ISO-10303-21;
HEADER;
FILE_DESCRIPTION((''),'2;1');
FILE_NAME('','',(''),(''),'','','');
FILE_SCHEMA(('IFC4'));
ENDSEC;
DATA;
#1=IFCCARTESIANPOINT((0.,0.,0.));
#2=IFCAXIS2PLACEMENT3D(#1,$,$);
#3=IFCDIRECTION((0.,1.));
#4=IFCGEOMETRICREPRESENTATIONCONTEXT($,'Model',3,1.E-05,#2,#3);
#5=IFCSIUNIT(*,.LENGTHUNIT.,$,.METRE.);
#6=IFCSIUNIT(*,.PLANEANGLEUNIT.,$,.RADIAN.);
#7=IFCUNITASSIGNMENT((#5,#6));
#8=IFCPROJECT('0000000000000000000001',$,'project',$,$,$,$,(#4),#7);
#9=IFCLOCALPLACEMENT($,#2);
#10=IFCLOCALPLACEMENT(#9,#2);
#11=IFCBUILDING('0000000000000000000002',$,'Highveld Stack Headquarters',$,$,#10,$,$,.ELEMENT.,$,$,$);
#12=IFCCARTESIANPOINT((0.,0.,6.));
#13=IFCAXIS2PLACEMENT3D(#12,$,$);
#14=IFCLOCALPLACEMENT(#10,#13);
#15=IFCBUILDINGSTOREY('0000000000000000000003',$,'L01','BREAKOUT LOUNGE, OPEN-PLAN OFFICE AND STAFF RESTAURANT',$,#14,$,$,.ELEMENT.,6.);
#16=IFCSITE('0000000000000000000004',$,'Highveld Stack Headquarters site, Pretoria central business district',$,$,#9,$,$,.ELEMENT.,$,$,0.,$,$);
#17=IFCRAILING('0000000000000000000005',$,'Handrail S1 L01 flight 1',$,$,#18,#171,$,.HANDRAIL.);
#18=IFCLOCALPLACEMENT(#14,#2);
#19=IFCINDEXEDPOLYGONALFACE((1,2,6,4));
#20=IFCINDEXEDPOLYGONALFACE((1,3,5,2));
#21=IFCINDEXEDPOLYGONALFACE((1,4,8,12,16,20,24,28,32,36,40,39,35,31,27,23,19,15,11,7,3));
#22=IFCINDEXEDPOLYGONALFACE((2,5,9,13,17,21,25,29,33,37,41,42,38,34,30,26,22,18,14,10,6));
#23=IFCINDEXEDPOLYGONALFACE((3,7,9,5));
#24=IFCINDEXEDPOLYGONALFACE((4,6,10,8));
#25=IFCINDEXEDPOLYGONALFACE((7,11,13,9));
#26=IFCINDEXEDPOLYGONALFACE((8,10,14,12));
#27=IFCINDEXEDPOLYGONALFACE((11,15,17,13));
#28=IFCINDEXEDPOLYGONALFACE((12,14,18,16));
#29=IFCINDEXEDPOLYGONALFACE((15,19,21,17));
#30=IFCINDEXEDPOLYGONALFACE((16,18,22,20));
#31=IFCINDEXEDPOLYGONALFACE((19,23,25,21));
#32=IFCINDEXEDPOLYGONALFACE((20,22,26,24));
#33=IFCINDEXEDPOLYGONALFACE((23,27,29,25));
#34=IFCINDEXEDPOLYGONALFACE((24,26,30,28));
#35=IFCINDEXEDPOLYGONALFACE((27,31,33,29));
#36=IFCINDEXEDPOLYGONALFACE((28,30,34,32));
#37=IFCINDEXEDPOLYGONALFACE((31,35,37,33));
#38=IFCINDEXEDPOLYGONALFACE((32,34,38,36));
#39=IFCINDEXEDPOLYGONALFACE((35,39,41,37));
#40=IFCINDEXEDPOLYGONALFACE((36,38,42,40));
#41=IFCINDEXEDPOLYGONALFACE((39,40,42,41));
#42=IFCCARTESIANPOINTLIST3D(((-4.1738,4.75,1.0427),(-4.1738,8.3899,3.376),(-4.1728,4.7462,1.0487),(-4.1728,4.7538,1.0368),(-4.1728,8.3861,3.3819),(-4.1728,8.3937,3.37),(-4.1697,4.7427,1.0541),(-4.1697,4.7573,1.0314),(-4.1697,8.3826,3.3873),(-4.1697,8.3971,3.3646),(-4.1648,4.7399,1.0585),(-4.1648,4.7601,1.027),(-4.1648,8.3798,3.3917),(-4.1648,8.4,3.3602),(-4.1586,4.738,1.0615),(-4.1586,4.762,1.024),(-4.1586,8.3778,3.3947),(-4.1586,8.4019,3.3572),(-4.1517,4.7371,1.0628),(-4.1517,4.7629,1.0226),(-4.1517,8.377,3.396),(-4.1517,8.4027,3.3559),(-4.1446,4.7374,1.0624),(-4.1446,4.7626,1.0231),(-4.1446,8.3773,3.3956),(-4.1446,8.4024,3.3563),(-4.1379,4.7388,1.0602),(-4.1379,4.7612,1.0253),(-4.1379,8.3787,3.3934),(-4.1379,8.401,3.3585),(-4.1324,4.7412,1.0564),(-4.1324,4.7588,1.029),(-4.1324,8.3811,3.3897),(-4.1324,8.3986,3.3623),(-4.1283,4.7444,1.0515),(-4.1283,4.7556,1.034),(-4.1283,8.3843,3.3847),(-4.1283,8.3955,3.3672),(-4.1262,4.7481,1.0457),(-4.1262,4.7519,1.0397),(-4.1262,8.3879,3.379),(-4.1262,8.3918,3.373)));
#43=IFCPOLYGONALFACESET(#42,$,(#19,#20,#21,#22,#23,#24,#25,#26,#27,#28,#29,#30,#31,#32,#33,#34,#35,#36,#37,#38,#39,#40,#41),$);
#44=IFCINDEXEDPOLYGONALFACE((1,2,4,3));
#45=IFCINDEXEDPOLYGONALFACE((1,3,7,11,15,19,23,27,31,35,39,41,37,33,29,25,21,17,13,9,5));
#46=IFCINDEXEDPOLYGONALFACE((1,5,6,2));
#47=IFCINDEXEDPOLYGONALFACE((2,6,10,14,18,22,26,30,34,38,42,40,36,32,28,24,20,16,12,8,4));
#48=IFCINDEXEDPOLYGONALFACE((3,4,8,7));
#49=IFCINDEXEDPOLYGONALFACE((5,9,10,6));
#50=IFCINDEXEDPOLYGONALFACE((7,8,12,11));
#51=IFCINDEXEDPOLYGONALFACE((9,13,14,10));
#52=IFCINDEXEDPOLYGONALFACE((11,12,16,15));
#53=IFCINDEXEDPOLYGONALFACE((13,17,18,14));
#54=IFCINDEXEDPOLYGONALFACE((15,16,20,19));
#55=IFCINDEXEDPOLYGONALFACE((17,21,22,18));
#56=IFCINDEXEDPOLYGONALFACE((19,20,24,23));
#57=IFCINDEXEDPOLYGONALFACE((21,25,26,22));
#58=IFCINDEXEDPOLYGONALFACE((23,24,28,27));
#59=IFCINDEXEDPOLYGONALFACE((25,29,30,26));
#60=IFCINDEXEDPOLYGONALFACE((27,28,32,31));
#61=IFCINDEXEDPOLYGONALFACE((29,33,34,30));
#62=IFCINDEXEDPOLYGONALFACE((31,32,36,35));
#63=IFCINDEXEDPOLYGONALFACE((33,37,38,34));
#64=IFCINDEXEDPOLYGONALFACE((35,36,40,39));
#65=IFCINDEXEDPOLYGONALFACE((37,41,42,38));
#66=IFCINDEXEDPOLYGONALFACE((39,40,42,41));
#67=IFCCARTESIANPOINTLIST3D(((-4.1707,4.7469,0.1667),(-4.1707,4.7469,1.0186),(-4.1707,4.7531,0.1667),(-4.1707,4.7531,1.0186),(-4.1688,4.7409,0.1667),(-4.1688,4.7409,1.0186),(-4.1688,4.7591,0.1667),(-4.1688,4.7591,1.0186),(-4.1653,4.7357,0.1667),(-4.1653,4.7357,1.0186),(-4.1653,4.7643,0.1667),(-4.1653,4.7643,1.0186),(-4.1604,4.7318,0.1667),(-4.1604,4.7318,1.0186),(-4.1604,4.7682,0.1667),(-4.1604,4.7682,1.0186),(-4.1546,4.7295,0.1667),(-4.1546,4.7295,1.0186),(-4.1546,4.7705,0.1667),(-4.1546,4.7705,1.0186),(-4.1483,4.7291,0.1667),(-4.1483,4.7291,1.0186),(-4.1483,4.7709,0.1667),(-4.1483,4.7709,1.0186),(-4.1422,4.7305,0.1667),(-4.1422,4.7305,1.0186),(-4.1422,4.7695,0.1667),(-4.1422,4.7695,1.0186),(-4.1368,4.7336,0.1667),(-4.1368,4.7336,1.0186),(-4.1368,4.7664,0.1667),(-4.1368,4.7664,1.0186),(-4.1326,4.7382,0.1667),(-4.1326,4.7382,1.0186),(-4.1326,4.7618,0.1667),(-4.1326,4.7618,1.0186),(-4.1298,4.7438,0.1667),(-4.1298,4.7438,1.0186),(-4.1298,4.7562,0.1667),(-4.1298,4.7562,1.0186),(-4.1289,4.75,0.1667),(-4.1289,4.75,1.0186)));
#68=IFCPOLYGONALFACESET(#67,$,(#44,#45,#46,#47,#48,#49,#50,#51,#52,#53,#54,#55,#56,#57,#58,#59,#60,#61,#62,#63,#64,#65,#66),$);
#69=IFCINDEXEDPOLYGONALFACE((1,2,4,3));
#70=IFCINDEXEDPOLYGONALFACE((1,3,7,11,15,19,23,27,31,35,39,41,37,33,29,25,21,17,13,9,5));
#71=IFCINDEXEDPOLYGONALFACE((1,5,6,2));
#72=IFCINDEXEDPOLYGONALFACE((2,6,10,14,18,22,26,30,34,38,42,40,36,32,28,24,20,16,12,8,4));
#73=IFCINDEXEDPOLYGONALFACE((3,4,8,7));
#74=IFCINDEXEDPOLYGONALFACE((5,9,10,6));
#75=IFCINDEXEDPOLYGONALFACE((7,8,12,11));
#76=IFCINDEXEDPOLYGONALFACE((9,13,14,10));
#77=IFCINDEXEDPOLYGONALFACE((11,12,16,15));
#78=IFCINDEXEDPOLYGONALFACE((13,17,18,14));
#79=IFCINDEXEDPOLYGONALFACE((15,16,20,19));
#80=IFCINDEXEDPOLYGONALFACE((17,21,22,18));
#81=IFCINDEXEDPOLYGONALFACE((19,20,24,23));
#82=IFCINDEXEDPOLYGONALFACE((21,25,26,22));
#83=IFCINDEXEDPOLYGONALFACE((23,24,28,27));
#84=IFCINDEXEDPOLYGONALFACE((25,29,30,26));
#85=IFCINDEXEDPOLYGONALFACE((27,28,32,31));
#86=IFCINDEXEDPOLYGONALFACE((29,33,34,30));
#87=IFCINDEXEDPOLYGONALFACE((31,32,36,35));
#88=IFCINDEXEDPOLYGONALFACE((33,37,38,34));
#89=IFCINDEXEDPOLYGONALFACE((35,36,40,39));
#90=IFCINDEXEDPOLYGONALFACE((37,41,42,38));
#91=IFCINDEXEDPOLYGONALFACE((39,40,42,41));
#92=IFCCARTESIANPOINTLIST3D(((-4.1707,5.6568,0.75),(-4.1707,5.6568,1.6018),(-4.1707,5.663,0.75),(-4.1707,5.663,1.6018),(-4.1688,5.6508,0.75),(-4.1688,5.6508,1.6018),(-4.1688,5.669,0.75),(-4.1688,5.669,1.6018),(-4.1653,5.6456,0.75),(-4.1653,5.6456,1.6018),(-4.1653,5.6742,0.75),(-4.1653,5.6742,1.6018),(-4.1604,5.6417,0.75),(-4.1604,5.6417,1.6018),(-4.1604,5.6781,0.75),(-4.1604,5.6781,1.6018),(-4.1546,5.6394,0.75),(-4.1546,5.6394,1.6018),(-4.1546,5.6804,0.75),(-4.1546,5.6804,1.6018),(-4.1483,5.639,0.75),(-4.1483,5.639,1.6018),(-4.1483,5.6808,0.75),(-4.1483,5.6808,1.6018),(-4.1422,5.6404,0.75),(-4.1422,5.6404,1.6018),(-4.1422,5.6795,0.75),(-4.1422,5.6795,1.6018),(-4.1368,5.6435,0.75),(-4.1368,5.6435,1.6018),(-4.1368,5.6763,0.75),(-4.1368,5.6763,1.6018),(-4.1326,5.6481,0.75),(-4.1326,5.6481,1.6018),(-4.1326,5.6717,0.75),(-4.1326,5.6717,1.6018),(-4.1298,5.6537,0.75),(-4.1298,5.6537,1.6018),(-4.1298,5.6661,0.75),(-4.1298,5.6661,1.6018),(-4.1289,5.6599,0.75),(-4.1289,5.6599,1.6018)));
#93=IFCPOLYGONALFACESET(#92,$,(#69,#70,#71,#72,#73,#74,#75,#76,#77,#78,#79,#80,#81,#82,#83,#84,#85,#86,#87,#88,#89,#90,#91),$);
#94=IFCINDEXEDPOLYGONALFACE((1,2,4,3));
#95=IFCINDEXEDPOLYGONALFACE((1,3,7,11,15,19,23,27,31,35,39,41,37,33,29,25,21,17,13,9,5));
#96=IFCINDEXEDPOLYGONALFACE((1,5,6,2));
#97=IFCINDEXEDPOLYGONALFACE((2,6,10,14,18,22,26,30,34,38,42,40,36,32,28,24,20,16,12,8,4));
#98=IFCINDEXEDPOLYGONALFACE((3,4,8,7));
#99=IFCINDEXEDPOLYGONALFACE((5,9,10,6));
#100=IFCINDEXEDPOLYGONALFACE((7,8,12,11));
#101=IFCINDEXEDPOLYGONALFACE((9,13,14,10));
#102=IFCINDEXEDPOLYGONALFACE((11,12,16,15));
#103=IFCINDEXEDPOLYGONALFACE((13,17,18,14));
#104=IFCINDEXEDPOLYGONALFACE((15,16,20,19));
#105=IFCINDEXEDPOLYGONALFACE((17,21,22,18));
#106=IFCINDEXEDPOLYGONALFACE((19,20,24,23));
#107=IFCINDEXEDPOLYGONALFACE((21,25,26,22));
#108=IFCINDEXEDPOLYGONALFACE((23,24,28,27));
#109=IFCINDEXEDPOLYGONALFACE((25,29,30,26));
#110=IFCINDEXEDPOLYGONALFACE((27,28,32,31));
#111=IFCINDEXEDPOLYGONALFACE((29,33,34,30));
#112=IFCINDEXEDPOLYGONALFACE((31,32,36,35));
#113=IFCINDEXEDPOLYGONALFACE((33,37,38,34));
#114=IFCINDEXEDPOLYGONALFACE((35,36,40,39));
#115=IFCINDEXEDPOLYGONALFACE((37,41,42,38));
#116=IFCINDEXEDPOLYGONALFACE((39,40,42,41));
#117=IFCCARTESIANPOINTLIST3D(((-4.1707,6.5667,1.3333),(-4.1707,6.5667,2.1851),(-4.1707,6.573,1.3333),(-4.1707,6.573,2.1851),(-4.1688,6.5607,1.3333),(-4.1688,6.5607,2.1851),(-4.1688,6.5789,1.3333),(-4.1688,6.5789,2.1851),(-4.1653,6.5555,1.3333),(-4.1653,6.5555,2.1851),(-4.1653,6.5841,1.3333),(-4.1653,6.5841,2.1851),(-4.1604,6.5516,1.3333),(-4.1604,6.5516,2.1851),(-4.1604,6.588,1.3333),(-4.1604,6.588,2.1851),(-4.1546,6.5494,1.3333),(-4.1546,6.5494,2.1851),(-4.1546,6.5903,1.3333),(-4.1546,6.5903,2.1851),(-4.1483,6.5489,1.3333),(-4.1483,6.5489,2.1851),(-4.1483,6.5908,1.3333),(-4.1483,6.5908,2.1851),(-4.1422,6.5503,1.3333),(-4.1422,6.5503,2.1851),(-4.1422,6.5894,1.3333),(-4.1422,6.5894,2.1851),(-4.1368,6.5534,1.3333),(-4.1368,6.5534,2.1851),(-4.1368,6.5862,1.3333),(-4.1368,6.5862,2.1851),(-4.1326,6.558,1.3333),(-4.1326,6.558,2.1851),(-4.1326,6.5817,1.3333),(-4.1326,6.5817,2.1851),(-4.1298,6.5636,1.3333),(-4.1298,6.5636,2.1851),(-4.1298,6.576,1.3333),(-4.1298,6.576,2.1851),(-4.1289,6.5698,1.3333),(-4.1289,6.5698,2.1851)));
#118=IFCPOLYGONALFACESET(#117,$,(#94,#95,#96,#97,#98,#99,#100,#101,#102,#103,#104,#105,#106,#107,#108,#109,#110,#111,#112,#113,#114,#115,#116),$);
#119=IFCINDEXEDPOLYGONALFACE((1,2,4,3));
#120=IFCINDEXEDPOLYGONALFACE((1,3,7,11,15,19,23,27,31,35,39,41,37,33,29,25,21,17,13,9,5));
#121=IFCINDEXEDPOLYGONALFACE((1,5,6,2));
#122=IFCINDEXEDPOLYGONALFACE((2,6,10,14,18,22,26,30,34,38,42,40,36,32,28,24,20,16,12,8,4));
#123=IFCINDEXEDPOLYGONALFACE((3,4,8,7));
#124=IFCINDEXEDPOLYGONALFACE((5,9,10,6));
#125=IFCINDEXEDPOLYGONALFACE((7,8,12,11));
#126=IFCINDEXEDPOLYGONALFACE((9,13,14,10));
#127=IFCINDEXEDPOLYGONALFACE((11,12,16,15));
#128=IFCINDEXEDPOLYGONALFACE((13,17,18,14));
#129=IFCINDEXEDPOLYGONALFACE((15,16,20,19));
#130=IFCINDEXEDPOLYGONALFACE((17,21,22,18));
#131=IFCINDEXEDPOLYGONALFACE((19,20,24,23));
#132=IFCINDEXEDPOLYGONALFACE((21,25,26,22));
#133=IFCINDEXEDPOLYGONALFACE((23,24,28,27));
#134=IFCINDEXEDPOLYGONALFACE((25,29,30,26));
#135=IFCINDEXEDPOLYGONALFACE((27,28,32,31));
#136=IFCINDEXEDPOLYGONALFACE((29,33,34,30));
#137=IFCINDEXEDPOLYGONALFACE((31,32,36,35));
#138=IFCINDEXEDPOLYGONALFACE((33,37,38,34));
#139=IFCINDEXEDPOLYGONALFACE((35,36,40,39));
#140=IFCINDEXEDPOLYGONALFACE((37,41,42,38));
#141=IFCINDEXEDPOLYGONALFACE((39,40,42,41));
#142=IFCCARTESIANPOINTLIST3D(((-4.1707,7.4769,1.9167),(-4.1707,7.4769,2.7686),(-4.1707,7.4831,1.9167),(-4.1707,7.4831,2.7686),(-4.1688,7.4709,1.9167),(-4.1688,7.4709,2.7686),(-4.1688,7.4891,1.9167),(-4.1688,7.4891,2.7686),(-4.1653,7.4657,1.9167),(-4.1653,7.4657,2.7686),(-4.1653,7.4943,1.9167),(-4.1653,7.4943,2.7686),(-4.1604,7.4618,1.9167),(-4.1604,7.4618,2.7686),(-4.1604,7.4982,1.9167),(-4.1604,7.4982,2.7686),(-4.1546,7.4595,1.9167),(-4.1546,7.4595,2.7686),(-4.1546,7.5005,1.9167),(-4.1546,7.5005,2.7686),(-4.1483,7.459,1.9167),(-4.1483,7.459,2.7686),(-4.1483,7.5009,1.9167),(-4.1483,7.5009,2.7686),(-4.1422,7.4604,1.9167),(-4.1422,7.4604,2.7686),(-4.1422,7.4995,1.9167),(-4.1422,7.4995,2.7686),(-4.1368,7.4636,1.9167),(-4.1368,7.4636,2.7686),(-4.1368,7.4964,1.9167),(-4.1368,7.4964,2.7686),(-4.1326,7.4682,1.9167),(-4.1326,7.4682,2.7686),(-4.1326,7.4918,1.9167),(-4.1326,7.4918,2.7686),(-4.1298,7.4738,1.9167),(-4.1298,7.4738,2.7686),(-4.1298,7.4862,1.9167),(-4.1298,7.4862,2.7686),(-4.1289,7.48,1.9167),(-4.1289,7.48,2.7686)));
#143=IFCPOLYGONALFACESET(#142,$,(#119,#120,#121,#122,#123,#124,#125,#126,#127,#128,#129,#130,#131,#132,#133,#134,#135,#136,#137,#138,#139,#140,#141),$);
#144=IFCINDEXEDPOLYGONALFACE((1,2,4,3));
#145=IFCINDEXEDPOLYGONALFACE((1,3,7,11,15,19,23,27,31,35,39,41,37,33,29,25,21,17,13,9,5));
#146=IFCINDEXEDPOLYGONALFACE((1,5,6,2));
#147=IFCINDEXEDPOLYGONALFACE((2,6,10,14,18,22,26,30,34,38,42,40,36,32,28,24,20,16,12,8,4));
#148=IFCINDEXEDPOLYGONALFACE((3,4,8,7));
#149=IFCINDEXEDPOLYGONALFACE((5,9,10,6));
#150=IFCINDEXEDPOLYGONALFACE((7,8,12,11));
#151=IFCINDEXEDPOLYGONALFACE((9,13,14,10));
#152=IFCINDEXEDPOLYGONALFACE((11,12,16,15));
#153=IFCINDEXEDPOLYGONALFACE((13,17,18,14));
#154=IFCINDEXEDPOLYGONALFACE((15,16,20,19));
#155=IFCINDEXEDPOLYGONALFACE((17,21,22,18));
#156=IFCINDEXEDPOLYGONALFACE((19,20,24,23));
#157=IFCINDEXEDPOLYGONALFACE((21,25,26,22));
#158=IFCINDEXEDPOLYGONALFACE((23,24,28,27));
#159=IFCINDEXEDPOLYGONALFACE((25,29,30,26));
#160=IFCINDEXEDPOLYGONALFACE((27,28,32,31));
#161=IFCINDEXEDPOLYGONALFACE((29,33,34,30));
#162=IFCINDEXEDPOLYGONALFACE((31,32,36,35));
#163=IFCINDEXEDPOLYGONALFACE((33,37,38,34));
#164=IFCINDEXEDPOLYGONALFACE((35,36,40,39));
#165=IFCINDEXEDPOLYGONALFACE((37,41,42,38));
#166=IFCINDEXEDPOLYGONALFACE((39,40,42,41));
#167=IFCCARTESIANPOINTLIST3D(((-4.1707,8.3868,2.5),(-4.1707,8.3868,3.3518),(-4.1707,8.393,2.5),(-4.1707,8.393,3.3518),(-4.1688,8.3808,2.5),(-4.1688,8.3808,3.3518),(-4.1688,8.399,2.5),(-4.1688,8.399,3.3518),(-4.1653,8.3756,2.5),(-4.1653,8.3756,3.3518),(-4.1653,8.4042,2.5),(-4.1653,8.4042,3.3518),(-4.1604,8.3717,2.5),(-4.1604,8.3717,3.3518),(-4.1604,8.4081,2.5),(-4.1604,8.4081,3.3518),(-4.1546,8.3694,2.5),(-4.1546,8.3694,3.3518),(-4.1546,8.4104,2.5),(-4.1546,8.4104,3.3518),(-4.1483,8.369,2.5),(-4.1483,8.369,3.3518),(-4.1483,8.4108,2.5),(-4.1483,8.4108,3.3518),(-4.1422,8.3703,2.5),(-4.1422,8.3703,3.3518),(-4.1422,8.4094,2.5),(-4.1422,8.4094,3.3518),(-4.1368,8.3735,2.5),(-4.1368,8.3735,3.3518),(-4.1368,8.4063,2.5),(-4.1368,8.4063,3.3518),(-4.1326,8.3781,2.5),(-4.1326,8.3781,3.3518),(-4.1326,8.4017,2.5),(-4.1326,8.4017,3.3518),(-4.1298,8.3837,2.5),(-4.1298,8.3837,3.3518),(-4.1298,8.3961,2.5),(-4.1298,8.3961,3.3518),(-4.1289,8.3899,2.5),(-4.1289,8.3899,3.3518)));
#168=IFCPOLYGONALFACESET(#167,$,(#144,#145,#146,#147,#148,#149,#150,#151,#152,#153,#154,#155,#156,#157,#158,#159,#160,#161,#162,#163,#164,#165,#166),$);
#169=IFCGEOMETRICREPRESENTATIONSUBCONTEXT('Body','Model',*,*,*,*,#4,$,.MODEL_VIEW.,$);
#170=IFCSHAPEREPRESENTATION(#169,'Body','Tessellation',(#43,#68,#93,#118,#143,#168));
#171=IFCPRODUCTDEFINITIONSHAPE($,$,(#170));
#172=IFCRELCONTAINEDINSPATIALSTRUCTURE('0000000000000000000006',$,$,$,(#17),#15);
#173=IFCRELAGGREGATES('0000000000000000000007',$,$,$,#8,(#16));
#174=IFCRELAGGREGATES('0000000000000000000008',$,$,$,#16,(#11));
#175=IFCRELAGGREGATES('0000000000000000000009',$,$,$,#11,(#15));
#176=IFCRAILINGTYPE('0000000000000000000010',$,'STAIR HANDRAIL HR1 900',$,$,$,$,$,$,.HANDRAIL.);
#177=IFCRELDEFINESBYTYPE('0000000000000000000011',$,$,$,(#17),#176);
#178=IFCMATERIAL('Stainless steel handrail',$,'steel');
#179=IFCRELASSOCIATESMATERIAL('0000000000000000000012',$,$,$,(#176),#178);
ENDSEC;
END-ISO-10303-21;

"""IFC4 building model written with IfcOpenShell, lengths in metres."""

from ifc_helpers import new_model, si_unit, direction, frame, origin, origin_2d, place, context, subcontext, project, spatial, circle, extrude, material, type_object, element, save


model = new_model("IFC4")

# Units and contexts
model_context = context("Model", 3, precision=1e-05, world=origin(), true_north=direction((0.0, 1.0)))
body_context = subcontext(model_context, "Body", "Model", "MODEL_VIEW")
ifc_project = project(units=[si_unit("LENGTHUNIT", "METRE"), si_unit("PLANEANGLEUNIT", "RADIAN")], contexts=[model_context])

# Site, building, storey
site_placement = place(None, origin())
site = spatial("IfcSite", under=ifc_project, at=site_placement, Name="Highveld Stack Headquarters site, Pretoria central business district", CompositionType="ELEMENT", RefElevation=0.0)
building_placement = place(site_placement, origin())
building = spatial("IfcBuilding", under=site, at=building_placement, Name="Highveld Stack Headquarters", CompositionType="ELEMENT")
storey_placement = place(building_placement, frame((0.0, 0.0, 6.0)))
storey = spatial("IfcBuildingStorey", under=building, at=storey_placement, Name="L01", Description="BREAKOUT LOUNGE, OPEN-PLAN OFFICE AND STAFF RESTAURANT", CompositionType="ELEMENT", Elevation=6.0)

# Railing
ifc_material_1 = material(Name="Stainless steel handrail", Category="steel")
railing_type = type_object("IfcRailingType", Name="STAIR HANDRAIL HR1 900", PredefinedType="HANDRAIL", material=ifc_material_1)
for number, where, name in (
    (1, (-4.1499, 4.75, 0.1667), "Handrail S1 L01 flight 1"),
):
    element("IfcRailing", number, at=place(storey_placement, frame(where)), inside=storey, type_object=railing_type, Name=name, PredefinedType="HANDRAIL", context=body_context, shape_type="SweptSolid", body=[
        extrude(circle(Radius=0.0239, at=origin_2d()), frame((0.0, 0.0, 0.876), z_axis=(0.0, 0.84188, 0.539664), x_axis=(-1.0, 0.0, 0.0)), (0.0, 0.0, 1.0), 4.3235),
        extrude(circle(Radius=0.021, at=origin_2d()), origin(), (0.0, 0.0, 1.0), 0.8518),
        extrude(circle(Radius=0.021, at=origin_2d()), frame((0.0, 0.9099, 0.5833)), (0.0, 0.0, 1.0), 0.8518),
        extrude(circle(Radius=0.021, at=origin_2d()), frame((0.0, 1.8198, 1.1665)), (0.0, 0.0, 1.0), 0.8518),
        extrude(circle(Radius=0.021, at=origin_2d()), frame((0.0, 2.73, 1.75)), (0.0, 0.0, 1.0), 0.8518),
        extrude(circle(Radius=0.021, at=origin_2d()), frame((0.0, 3.6399, 2.3333)), (0.0, 0.0, 1.0), 0.8518),
    ])

save(model, "model.ifc")
